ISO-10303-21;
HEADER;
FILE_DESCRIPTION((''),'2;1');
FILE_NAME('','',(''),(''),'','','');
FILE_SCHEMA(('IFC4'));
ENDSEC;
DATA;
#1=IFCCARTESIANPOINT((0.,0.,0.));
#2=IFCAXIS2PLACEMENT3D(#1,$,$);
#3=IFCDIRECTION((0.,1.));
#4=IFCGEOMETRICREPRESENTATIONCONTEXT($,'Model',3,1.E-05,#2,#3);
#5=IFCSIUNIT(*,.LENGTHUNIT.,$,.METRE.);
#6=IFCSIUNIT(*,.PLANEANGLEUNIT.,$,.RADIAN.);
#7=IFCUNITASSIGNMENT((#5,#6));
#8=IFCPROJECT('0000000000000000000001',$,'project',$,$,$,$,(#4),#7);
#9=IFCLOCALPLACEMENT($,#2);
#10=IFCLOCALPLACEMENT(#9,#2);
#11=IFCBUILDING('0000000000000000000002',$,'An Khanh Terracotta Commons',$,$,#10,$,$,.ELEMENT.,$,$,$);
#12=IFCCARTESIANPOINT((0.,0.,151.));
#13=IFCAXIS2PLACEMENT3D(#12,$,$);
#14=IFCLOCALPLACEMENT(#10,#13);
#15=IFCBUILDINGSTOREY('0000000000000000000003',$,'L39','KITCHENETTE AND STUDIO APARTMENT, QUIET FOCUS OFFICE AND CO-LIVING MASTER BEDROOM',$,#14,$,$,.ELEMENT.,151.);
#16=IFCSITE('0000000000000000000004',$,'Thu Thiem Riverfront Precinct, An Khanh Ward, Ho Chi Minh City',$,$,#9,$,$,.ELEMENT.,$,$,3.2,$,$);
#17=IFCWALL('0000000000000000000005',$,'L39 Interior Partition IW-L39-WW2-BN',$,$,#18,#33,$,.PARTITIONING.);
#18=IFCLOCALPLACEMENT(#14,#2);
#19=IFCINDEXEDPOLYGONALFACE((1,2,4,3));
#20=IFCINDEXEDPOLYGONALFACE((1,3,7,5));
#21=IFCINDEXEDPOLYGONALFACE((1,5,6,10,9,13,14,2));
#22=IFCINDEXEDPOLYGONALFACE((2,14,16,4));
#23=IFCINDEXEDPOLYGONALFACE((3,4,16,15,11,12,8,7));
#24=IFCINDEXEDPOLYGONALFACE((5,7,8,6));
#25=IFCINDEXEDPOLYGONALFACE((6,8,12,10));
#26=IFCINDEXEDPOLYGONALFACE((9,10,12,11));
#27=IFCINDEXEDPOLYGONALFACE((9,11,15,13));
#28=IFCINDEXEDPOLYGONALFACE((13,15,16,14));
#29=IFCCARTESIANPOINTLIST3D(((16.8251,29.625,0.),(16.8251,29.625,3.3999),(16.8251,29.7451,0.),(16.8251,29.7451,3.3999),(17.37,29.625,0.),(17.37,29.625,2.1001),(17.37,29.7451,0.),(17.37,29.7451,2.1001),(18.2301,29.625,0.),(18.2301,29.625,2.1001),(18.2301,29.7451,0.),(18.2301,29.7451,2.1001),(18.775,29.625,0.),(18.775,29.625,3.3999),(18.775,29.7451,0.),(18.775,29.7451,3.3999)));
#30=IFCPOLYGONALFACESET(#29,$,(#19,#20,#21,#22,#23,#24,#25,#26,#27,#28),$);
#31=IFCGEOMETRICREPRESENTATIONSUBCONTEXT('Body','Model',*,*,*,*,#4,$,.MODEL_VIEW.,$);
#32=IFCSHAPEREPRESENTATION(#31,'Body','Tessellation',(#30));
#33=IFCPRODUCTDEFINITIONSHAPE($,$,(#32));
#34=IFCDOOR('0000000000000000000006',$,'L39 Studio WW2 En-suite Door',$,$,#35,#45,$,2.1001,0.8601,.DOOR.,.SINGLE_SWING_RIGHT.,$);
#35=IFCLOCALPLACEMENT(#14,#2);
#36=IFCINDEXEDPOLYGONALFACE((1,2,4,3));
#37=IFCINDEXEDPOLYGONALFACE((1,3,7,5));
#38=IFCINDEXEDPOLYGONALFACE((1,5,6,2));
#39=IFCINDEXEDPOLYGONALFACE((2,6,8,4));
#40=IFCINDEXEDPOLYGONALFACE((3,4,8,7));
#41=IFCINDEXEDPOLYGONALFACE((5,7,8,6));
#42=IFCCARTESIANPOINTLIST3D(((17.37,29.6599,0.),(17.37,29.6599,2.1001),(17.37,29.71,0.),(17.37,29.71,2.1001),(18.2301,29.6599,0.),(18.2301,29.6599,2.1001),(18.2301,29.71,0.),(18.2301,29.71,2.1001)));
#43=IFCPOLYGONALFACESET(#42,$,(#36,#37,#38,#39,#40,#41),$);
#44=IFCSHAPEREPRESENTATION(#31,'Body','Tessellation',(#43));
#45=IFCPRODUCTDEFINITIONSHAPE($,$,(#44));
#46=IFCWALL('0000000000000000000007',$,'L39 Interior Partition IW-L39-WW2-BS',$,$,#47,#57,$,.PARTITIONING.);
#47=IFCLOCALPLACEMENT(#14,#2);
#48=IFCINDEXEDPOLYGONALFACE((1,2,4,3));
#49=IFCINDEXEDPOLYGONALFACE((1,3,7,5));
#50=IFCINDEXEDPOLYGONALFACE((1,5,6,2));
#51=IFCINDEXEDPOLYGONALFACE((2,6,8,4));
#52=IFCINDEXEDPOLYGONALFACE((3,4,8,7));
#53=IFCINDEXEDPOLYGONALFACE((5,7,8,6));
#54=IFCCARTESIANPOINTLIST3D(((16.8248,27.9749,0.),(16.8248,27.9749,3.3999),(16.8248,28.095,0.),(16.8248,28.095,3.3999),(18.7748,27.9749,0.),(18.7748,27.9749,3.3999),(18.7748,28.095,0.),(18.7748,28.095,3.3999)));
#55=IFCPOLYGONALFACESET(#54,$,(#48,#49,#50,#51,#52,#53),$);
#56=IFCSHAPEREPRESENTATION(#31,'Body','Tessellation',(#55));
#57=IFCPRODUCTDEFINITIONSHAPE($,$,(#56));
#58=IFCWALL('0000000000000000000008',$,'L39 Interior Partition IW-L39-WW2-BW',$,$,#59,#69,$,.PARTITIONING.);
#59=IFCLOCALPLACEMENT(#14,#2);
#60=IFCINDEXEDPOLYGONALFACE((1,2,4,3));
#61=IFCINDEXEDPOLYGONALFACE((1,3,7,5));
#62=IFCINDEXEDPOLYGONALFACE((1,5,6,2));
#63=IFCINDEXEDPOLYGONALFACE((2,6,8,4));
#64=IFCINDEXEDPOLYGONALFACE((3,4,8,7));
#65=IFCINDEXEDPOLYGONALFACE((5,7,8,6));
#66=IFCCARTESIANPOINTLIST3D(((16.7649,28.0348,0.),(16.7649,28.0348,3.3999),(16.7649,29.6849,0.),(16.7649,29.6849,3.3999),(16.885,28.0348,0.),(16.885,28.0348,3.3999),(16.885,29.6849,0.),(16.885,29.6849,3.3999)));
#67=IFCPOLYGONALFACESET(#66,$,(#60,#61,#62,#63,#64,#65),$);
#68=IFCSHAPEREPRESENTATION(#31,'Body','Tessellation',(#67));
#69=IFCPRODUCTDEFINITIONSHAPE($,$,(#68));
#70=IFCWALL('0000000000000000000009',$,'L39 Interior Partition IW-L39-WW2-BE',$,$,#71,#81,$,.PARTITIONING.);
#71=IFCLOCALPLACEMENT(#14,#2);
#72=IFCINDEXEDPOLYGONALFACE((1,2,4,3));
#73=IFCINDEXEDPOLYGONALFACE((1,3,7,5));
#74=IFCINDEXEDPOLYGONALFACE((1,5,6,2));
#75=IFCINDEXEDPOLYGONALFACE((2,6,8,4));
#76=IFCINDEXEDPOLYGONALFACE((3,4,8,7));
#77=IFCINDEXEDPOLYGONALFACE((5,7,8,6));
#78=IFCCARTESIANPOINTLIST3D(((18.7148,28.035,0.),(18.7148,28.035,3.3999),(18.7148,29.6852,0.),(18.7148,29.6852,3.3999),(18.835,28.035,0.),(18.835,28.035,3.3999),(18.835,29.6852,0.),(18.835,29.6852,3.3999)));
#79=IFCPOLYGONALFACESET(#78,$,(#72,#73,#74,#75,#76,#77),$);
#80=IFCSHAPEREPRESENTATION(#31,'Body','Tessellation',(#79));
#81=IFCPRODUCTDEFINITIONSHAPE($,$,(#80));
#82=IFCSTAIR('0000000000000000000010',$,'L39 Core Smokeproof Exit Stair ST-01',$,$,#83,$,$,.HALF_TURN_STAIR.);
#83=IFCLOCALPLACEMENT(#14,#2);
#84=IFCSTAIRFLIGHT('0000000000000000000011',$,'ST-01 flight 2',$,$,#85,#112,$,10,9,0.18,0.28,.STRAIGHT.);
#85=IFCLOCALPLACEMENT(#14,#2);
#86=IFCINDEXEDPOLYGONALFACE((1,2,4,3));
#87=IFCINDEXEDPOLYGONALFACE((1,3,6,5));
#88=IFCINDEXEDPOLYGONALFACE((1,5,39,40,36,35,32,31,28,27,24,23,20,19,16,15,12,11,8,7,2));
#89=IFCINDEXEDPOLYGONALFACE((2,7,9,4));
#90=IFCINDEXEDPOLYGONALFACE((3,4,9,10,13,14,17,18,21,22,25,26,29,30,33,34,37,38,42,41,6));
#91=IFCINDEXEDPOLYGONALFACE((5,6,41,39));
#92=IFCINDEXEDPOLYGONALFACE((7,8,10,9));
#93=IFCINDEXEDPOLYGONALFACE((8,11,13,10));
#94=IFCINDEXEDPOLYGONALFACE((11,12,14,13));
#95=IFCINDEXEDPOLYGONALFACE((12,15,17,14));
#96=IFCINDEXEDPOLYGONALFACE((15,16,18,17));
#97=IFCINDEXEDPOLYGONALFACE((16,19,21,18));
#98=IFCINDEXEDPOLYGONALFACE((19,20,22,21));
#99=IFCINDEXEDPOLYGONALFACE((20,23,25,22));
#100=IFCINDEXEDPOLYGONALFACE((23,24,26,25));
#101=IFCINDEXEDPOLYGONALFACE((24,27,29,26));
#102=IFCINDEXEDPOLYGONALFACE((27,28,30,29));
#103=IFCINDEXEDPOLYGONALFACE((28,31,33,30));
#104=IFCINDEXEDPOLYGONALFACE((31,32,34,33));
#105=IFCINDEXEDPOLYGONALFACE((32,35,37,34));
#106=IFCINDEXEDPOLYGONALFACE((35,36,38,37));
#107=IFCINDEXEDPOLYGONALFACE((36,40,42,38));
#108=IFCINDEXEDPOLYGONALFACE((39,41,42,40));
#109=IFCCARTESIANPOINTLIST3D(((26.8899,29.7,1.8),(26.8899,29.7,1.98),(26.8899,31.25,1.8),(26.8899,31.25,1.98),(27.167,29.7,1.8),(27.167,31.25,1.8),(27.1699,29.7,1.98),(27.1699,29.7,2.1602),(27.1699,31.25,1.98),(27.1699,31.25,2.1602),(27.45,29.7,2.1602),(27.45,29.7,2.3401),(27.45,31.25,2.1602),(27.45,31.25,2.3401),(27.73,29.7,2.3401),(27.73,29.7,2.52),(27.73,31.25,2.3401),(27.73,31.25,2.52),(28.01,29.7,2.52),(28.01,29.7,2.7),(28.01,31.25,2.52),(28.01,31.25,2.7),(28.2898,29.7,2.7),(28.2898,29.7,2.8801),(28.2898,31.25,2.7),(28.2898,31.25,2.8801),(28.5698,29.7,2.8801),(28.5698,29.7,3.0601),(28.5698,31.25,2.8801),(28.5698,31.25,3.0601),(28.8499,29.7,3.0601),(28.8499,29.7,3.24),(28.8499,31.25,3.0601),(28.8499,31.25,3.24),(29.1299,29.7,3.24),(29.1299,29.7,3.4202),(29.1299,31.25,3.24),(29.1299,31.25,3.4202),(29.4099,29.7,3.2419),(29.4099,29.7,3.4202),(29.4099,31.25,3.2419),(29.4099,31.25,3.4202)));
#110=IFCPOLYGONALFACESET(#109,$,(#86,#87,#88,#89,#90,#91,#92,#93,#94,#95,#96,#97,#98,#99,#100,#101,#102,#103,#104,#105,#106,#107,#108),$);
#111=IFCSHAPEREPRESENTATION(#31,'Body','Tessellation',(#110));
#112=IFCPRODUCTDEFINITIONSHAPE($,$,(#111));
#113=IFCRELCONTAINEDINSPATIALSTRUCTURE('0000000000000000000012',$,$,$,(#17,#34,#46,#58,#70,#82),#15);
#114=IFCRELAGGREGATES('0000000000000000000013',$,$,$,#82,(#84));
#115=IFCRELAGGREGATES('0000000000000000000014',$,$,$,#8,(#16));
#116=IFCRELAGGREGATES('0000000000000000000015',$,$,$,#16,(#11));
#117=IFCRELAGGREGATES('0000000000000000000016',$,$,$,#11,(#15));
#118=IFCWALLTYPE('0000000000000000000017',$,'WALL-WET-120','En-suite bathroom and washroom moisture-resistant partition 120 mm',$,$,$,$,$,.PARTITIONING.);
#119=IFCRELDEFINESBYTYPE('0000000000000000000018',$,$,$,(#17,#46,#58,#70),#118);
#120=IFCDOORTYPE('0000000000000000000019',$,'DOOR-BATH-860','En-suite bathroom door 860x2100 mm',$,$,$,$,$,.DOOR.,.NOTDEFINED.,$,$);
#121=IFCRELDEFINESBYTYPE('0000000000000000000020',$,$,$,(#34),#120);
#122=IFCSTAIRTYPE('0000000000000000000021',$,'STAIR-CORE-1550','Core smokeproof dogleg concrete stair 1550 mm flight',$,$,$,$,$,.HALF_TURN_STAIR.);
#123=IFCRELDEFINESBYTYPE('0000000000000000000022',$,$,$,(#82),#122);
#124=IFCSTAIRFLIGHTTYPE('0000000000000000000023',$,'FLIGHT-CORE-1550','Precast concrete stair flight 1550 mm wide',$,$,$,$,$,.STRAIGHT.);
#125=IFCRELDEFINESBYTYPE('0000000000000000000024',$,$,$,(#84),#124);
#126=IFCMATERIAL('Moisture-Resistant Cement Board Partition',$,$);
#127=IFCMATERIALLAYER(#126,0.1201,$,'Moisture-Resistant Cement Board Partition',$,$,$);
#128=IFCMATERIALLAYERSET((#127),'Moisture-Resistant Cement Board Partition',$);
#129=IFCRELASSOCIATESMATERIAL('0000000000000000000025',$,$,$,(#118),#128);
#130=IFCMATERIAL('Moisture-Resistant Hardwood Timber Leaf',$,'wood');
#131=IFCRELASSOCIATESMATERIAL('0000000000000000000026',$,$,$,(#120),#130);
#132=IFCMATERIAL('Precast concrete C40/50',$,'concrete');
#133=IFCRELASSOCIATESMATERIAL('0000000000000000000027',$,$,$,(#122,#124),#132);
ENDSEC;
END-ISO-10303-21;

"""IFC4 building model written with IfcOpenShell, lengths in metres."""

from ifc_helpers import new_model, si_unit, direction, frame, frame_2d, origin, place, context, subcontext, project, spatial, polyline, rectangle, outline, extrude, material, layer, layer_set, type_object, element, fill, aggregate, save


model = new_model("IFC4")

# Units and contexts
model_context = context("Model", 3, precision=1e-05, world=origin(), true_north=direction((0.0, 1.0)))
body_context = subcontext(model_context, "Body", "Model", "MODEL_VIEW")
ifc_project = project(units=[si_unit("LENGTHUNIT", "METRE"), si_unit("PLANEANGLEUNIT", "RADIAN")], contexts=[model_context])

# Site, building, storey
site_placement = place(None, origin())
site = spatial("IfcSite", under=ifc_project, at=site_placement, Name="Thu Thiem Riverfront Precinct, An Khanh Ward, Ho Chi Minh City", CompositionType="ELEMENT", RefElevation=3.2)
building_placement = place(site_placement, origin())
building = spatial("IfcBuilding", under=site, at=building_placement, Name="An Khanh Terracotta Commons", CompositionType="ELEMENT")
storey_placement = place(building_placement, frame((0.0, 0.0, 151.0)))
storey = spatial("IfcBuildingStorey", under=building, at=storey_placement, Name="L39", Description="KITCHENETTE AND STUDIO APARTMENT, QUIET FOCUS OFFICE AND CO-LIVING MASTER BEDROOM", CompositionType="ELEMENT", Elevation=151.0)

# Wall, opening, door
ifc_material_1 = material(Name="Moisture-Resistant Cement Board Partition")
ifc_layer_1 = layer(ifc_material_1, 0.1201, Name="Moisture-Resistant Cement Board Partition")
ifc_layer_set_1 = layer_set([ifc_layer_1], Name="Moisture-Resistant Cement Board Partition")
wall_type_1 = type_object("IfcWallType", Name="WALL-WET-120", Description="En-suite bathroom and washroom moisture-resistant partition 120 mm", PredefinedType="PARTITIONING", material=ifc_layer_set_1)
wall_1_placement = place(storey_placement, frame((16.825, 29.6851, 0.0), z_axis=(0.0, 0.0, 1.0), x_axis=(1.0, 0.0, 0.0)))
wall_1 = element("IfcWall", 1, at=wall_1_placement, inside=storey, type_object=wall_type_1, Name="L39 Interior Partition IW-L39-WW2-BN", PredefinedType="PARTITIONING", context=body_context, shape_type="SweptSolid", body=[
    extrude(rectangle(XDim=1.95, YDim=0.1201, at=frame_2d((0.9751, 0.0))), origin(), (0.0, 0.0, 1.0), 3.3999),
])
opening_1_placement = place(wall_1_placement, frame((0.5449, 0.0, 0.0)))
opening_1 = element("IfcOpeningElement", 2, at=opening_1_placement, cuts=wall_1, PredefinedType="OPENING", context=body_context, shape_type="SweptSolid", body=[
    extrude(rectangle(XDim=0.8601, YDim=2.1001, at=frame_2d((0.4302, 1.05))), frame((0.0, 0.0701, 0.0), z_axis=(0.0, -1.0, 0.0), x_axis=(1.0, 0.0, 0.0)), (0.0, 0.0, 1.0), 0.1401),
])
ifc_material_2 = material(Name="Moisture-Resistant Hardwood Timber Leaf", Category="wood")
door_type_1 = type_object("IfcDoorType", Name="DOOR-BATH-860", Description="En-suite bathroom door 860x2100 mm", OperationType="NOTDEFINED", PredefinedType="DOOR", material=ifc_material_2)
door_1_placement = place(opening_1_placement, origin())
door_1 = element("IfcDoor", 3, at=door_1_placement, inside=storey, type_object=door_type_1, Name="L39 Studio WW2 En-suite Door", OperationType="SINGLE_SWING_RIGHT", OverallHeight=2.1001, OverallWidth=0.8601, PredefinedType="DOOR", context=body_context, shape_type="SweptSolid", body=[
    extrude(rectangle(XDim=0.8601, YDim=2.1001, at=frame_2d((0.4302, 1.05))), frame((0.0, 0.0249, 0.0), z_axis=(0.0, -1.0, 0.0), x_axis=(1.0, 0.0, 0.0)), (0.0, 0.0, 1.0), 0.05),
])
fill(opening_1, door_1)

# Walls
wall_2_placement = place(storey_placement, frame((18.7749, 28.0349, 0.0), z_axis=(0.0, 0.0, 1.0), x_axis=(-1.0, 0.0, 0.0)))
element("IfcWall", 4, at=wall_2_placement, inside=storey, type_object=wall_type_1, Name="L39 Interior Partition IW-L39-WW2-BS", PredefinedType="PARTITIONING", context=body_context, shape_type="SweptSolid", body=[
    extrude(rectangle(XDim=1.95, YDim=0.1201, at=frame_2d((0.9751, 0.0))), origin(), (0.0, 0.0, 1.0), 3.3999),
])
for number, where, z_axis, x_axis, name in (
    (5, (16.825, 29.6851, 0.0), (0.0, 0.0, 1.0), (0.0, -1.0, 0.0), "L39 Interior Partition IW-L39-WW2-BW"),
    (6, (18.7749, 28.0349, 0.0), (0.0, 0.0, 1.0), (0.0, 1.0, 0.0), "L39 Interior Partition IW-L39-WW2-BE"),
):
    element("IfcWall", number, at=place(storey_placement, frame(where, z_axis=z_axis, x_axis=x_axis)), inside=storey, type_object=wall_type_1, Name=name, PredefinedType="PARTITIONING", context=body_context, shape_type="SweptSolid", body=[
        extrude(rectangle(XDim=1.6501, YDim=0.1201, at=frame_2d((0.8252, 0.0))), origin(), (0.0, 0.0, 1.0), 3.3999),
    ])

# Stair, stair flight
ifc_material_3 = material(Name="Precast concrete C40/50", Category="concrete")
stair_type = type_object("IfcStairType", Name="STAIR-CORE-1550", Description="Core smokeproof dogleg concrete stair 1550 mm flight", PredefinedType="HALF_TURN_STAIR", material=ifc_material_3)
stair_placement = place(storey_placement, origin())
stair = element("IfcStair", 7, at=stair_placement, inside=storey, type_object=stair_type, Name="L39 Core Smokeproof Exit Stair ST-01", PredefinedType="HALF_TURN_STAIR")
stair_flight_type = type_object("IfcStairFlightType", Name="FLIGHT-CORE-1550", Description="Precast concrete stair flight 1550 mm wide", PredefinedType="STRAIGHT", material=ifc_material_3)
stair_flight_placement = place(storey_placement, frame((26.8899, 30.4751, 1.8), z_axis=(0.0, 0.0, 1.0), x_axis=(1.0, 0.0, 0.0)))
stair_flight = element("IfcStairFlight", 8, at=stair_flight_placement, type_object=stair_flight_type, Name="ST-01 flight 2", NumberOfRisers=10, NumberOfTreads=9, PredefinedType="STRAIGHT", RiserHeight=0.18, TreadLength=0.28, context=body_context, shape_type="SweptSolid", body=[
    extrude(outline(polyline([(0.0, 0.0), (0.0, 0.1799), (0.28, 0.1799), (0.28, 0.3601), (0.5601, 0.3601), (0.5601, 0.54), (0.8401, 0.54), (0.8401, 0.72), (1.1201, 0.72), (1.1201, 0.8999), (1.3999, 0.8999), (1.3999, 1.0801), (1.6799, 1.0801), (1.6799, 1.26), (1.96, 1.26), (1.96, 1.4399), (2.24, 1.4399), (2.24, 1.6201), (2.52, 1.6201), (2.52, 1.8), (2.52, 1.4419), (0.2771, 0.0), (0.0, 0.0)])), frame((0.0, 0.7749, 0.0), z_axis=(0.0, -1.0, 0.0), x_axis=(1.0, 0.0, 0.0)), (0.0, 0.0, 1.0), 1.55),
])
aggregate(stair, [stair_flight])

save(model, "model.ifc")
